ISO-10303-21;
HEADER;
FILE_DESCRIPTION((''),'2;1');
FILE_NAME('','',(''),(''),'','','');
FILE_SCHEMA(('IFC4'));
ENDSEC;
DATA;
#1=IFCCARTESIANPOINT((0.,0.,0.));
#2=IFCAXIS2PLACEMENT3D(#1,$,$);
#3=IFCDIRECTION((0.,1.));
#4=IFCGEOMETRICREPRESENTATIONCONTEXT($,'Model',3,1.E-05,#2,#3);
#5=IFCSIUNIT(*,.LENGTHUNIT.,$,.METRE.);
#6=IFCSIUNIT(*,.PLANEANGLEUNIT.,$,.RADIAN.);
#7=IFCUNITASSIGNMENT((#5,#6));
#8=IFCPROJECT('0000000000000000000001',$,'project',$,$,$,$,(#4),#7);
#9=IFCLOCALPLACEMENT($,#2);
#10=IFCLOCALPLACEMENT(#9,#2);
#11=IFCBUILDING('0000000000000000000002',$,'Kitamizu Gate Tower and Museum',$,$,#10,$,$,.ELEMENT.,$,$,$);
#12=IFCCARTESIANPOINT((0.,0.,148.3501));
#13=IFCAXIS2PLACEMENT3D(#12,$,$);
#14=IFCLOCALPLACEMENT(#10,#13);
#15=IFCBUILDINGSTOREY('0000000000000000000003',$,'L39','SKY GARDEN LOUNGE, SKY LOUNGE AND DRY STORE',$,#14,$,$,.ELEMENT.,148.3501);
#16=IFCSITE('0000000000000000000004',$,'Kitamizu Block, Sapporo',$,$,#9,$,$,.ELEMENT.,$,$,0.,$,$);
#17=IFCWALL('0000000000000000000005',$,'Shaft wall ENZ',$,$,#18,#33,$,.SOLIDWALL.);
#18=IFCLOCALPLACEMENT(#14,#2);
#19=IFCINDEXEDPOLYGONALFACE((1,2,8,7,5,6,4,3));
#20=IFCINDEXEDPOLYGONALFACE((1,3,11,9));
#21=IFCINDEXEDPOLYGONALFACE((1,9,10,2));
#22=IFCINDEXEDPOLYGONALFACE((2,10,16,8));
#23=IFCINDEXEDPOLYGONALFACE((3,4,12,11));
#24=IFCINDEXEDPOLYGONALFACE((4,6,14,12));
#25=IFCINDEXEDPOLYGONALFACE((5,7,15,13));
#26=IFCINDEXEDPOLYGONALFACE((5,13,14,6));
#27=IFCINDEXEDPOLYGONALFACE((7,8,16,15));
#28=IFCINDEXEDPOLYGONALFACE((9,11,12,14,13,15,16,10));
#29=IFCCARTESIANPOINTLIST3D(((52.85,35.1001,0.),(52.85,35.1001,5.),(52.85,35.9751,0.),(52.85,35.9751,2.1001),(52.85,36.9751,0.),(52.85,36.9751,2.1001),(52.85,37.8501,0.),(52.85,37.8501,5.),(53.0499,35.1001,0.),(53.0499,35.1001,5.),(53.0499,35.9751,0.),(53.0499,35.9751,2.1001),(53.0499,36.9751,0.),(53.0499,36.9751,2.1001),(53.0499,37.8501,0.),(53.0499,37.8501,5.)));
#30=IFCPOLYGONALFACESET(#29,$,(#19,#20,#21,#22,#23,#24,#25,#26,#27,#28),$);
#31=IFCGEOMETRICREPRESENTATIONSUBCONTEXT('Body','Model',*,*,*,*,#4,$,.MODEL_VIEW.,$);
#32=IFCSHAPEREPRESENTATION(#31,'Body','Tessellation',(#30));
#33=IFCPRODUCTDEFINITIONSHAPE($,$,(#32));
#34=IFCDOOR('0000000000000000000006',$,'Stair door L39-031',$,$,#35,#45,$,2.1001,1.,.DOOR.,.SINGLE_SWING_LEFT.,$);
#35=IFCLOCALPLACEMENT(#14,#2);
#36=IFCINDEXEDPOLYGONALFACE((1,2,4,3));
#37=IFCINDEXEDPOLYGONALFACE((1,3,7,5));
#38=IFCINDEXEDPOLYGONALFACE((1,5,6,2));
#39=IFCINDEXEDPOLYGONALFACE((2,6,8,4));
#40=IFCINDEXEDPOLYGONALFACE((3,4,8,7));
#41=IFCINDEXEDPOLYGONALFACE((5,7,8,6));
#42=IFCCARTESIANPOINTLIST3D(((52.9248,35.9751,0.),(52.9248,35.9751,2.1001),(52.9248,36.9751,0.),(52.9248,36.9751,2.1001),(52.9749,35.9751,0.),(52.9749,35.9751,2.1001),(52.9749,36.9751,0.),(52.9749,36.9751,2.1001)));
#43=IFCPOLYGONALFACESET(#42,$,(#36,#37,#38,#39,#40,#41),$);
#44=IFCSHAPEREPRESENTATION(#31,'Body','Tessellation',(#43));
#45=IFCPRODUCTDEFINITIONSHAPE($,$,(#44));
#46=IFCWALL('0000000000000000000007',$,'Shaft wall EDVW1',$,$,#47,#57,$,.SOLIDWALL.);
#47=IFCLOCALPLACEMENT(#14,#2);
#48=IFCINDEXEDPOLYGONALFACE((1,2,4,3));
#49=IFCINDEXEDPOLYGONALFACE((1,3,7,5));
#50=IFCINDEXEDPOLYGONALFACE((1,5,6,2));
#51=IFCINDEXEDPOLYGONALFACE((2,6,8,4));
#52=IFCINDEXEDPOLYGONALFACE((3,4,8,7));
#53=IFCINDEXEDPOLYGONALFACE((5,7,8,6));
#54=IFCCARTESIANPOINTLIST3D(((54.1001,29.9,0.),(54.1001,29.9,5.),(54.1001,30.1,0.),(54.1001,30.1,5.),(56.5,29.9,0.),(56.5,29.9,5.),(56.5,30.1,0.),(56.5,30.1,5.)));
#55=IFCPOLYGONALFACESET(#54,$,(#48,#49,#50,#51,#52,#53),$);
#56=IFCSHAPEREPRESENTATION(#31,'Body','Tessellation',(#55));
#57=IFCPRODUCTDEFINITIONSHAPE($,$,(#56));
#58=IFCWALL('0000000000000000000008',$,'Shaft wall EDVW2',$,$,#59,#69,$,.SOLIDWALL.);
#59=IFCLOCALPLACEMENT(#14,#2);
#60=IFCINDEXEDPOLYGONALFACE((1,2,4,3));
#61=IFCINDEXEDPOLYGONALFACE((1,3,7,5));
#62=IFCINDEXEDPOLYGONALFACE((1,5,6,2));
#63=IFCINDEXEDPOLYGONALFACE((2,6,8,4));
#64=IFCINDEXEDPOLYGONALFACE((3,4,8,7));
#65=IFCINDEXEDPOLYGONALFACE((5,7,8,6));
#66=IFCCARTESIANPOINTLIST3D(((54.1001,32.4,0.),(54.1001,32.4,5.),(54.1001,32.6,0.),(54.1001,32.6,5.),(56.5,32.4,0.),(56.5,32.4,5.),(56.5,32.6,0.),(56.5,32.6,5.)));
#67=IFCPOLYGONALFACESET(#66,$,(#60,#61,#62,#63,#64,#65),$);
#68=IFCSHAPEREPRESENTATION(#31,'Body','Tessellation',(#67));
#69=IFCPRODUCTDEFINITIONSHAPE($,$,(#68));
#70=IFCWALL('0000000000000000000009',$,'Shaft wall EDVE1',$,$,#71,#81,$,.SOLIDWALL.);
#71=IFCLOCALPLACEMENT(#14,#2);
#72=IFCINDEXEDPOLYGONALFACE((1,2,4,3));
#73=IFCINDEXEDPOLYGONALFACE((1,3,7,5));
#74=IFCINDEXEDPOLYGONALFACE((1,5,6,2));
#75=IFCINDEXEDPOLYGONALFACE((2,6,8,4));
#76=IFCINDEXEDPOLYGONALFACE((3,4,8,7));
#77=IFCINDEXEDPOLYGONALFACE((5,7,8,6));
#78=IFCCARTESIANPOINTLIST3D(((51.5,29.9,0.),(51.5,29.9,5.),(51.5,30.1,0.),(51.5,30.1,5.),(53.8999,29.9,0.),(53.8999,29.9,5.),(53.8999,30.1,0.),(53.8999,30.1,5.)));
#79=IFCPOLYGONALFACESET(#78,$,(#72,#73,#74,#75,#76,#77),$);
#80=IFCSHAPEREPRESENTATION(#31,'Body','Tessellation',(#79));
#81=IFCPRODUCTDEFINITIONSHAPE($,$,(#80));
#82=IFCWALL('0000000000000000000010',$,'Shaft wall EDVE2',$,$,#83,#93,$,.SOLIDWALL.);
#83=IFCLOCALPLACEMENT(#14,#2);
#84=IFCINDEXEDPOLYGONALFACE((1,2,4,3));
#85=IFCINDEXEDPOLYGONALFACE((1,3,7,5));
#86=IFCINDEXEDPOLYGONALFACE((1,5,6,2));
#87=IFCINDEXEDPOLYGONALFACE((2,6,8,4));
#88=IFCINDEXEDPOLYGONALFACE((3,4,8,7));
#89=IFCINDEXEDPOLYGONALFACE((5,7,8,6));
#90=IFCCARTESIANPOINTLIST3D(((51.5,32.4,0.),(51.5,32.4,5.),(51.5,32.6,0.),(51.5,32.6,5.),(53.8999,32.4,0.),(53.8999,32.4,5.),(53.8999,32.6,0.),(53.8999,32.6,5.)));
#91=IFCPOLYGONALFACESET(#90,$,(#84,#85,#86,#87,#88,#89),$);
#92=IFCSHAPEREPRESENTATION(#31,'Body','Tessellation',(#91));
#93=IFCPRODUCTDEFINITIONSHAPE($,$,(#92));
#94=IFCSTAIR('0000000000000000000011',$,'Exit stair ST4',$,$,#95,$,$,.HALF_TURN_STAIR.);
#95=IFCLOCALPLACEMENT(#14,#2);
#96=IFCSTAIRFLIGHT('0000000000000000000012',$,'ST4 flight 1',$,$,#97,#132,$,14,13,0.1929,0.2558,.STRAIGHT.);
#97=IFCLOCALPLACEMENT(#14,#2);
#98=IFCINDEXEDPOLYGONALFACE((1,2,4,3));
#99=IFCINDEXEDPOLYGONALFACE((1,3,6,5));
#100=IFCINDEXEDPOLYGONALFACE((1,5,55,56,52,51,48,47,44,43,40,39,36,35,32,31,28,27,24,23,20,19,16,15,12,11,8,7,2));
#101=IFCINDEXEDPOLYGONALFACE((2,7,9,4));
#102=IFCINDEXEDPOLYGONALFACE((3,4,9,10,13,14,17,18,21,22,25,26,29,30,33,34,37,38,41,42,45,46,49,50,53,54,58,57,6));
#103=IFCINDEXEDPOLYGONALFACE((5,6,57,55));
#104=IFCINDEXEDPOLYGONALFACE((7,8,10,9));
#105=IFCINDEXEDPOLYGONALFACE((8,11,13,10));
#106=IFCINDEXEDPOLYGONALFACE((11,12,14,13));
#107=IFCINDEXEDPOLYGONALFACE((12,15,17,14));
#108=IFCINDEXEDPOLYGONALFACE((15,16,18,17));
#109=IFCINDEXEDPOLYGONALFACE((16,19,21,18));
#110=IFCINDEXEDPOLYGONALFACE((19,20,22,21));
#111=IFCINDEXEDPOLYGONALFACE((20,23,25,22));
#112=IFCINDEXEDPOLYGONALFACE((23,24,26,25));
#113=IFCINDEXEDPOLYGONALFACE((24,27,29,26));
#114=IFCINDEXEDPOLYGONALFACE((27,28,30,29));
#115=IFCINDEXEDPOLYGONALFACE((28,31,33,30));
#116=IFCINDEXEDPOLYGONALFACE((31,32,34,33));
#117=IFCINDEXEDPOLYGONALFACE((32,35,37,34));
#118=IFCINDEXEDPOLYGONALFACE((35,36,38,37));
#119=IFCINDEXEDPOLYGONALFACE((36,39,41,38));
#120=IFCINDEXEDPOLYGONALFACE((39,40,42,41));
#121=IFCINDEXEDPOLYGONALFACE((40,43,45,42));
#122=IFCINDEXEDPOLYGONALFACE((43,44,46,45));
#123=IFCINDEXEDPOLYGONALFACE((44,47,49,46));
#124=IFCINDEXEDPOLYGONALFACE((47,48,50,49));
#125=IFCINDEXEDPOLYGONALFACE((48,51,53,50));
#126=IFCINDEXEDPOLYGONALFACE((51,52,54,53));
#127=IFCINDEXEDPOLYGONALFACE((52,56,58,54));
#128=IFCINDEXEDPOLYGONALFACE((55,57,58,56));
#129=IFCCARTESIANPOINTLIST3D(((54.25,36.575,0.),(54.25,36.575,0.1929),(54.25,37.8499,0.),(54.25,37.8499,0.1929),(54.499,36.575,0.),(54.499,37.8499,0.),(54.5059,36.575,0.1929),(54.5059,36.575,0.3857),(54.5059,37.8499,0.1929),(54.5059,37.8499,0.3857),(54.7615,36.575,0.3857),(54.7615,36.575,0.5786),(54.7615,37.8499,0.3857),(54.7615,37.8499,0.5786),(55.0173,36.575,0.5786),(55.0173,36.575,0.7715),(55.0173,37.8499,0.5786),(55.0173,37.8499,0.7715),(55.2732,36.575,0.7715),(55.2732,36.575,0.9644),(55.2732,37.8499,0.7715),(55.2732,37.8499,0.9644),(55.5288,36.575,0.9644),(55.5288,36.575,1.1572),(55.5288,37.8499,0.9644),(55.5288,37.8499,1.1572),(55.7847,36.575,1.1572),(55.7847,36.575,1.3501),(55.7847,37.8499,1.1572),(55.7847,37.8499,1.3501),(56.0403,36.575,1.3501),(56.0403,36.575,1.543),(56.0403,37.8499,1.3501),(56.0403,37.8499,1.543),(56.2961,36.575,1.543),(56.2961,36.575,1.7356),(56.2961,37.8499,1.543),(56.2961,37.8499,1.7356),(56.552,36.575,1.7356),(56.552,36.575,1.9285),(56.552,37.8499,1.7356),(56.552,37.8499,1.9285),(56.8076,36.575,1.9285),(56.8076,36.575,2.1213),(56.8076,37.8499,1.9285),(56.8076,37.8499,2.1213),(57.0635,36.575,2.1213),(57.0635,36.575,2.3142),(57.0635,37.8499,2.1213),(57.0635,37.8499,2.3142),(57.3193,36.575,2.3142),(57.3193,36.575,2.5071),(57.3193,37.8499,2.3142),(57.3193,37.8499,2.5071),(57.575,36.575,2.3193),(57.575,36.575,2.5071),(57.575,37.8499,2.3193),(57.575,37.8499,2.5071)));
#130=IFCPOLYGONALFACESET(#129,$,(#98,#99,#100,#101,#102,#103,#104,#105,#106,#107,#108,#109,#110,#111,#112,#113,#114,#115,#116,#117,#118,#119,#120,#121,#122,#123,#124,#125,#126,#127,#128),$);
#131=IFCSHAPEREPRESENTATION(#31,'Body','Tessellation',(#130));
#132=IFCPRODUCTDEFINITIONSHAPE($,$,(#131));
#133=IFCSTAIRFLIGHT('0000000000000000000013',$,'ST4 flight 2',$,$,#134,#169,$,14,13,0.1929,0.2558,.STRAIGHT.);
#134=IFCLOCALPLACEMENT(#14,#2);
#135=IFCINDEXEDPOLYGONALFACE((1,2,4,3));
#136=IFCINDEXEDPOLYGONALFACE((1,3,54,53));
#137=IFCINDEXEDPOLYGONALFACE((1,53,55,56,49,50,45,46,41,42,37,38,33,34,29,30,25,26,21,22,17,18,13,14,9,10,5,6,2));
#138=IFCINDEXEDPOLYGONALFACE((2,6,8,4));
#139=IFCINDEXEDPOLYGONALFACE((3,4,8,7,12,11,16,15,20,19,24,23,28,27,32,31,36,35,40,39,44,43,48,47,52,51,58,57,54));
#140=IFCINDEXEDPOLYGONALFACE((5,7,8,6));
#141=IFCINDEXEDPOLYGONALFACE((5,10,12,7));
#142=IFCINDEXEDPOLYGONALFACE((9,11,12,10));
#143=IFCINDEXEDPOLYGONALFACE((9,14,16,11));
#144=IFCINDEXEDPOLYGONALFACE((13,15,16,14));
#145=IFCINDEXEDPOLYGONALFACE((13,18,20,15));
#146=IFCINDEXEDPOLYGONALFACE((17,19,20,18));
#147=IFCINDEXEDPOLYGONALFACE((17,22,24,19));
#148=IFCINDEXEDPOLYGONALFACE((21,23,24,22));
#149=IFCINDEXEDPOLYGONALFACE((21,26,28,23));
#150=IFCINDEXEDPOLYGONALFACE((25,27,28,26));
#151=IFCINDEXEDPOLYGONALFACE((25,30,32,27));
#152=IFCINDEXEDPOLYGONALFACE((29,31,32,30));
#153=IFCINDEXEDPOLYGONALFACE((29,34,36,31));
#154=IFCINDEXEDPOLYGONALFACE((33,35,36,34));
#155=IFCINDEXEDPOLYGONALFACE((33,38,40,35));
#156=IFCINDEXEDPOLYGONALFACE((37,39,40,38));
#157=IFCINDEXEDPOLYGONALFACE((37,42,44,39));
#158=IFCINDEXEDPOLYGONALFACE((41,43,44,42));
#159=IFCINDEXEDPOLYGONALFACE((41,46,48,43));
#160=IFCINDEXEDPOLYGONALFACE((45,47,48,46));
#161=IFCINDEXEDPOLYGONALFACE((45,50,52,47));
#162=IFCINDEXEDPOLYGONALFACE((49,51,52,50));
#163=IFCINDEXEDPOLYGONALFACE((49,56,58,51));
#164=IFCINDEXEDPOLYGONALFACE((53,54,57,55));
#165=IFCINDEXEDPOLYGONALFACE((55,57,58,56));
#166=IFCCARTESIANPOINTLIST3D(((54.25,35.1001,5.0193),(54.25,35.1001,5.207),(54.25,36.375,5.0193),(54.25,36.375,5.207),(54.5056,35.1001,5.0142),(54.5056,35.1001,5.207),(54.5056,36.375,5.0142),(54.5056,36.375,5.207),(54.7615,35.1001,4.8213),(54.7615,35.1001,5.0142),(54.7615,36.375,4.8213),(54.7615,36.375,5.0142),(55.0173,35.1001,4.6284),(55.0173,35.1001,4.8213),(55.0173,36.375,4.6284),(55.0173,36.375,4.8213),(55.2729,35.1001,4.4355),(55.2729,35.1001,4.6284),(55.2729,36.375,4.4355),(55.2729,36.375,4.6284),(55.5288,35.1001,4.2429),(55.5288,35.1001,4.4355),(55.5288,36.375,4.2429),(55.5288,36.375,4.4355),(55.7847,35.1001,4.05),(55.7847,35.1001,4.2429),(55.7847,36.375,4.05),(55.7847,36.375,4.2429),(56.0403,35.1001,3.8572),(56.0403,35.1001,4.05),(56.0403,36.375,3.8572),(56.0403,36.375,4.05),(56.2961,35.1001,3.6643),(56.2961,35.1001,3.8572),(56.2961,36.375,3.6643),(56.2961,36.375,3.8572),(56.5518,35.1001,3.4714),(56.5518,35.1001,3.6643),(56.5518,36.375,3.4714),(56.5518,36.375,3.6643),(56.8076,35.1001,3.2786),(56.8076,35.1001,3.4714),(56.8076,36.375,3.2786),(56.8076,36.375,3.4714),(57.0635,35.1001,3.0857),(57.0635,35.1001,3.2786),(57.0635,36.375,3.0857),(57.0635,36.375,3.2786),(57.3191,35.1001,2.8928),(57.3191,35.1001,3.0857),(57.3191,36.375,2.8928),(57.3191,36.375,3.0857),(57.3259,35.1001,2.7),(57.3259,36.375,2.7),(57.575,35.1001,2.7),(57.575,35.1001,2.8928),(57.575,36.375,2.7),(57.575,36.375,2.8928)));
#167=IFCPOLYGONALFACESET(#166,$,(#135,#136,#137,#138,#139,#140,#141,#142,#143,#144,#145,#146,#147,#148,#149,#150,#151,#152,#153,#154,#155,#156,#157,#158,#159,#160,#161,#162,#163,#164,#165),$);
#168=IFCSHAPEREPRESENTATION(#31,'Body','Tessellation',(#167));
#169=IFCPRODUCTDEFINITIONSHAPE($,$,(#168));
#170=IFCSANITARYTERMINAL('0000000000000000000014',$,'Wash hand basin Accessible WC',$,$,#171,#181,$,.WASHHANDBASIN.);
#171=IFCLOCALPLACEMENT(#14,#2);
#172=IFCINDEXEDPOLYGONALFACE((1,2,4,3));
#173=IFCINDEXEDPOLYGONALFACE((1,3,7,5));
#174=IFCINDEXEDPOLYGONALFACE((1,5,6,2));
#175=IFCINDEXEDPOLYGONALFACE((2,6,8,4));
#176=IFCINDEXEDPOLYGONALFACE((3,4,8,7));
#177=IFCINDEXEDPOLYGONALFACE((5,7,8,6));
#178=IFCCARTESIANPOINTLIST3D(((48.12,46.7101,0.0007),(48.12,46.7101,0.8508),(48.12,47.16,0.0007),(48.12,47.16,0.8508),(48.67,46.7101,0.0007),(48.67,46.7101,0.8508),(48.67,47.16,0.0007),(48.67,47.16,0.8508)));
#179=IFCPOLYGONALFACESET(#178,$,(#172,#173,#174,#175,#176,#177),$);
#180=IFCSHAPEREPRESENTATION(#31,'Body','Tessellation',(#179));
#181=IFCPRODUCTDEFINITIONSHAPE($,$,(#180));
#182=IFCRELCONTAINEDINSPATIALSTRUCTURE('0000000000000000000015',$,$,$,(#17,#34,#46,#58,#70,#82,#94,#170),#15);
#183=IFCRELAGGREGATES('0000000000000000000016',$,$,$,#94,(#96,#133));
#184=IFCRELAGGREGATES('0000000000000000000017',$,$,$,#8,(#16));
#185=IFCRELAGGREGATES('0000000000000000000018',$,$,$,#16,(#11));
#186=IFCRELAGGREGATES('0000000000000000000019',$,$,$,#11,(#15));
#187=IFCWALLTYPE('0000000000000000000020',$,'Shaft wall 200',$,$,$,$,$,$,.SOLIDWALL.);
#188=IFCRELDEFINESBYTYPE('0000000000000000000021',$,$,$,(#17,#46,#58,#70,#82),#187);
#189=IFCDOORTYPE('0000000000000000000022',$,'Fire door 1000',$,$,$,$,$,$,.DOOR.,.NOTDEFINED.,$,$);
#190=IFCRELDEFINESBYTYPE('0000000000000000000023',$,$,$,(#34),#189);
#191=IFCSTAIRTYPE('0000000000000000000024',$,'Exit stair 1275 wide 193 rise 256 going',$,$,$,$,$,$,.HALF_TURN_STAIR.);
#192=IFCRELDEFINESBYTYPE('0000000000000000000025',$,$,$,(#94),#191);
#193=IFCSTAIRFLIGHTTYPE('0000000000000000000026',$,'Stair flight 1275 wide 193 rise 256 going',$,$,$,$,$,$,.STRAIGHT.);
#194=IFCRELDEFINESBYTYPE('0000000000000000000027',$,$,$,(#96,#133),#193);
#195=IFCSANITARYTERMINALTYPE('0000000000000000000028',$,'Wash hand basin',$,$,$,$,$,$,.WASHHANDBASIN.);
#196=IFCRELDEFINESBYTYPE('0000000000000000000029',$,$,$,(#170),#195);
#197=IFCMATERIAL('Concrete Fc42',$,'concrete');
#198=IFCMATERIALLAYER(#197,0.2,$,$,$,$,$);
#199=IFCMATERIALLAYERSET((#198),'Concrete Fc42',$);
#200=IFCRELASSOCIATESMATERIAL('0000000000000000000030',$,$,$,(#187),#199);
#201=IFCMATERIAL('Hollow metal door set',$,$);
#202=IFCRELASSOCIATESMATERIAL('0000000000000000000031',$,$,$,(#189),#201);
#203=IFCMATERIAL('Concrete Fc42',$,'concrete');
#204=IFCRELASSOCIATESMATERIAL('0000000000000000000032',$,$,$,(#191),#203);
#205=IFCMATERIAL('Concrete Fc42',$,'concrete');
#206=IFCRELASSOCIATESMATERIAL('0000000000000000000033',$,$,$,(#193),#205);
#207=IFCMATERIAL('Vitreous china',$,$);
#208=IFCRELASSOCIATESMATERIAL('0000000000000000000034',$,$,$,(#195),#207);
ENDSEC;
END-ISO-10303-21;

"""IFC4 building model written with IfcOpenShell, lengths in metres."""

from ifc_helpers import new_model, si_unit, direction, frame, frame_2d, origin, origin_2d, place, context, subcontext, project, spatial, polyline, rectangle, outline, extrude, material, layer, layer_set, type_object, element, fill, aggregate, save


model = new_model("IFC4")

# Units and contexts
model_context = context("Model", 3, precision=1e-05, world=origin(), true_north=direction((0.0, 1.0)))
body_context = subcontext(model_context, "Body", "Model", "MODEL_VIEW")
ifc_project = project(units=[si_unit("LENGTHUNIT", "METRE"), si_unit("PLANEANGLEUNIT", "RADIAN")], contexts=[model_context])

# Site, building, storey
site_placement = place(None, origin())
site = spatial("IfcSite", under=ifc_project, at=site_placement, Name="Kitamizu Block, Sapporo", CompositionType="ELEMENT", RefElevation=0.0)
building_placement = place(site_placement, origin())
building = spatial("IfcBuilding", under=site, at=building_placement, Name="Kitamizu Gate Tower and Museum", CompositionType="ELEMENT")
storey_placement = place(building_placement, frame((0.0, 0.0, 148.3501)))
storey = spatial("IfcBuildingStorey", under=building, at=storey_placement, Name="L39", Description="SKY GARDEN LOUNGE, SKY LOUNGE AND DRY STORE", CompositionType="ELEMENT", Elevation=148.3501)

# Shared definitions
ifc_material_1 = material(Name="Concrete Fc42", Category="concrete")
ifc_layer_1 = layer(ifc_material_1, 0.2)
ifc_layer_set_1 = layer_set([ifc_layer_1], Name="Concrete Fc42")
wall_type_1 = type_object("IfcWallType", Name="Shaft wall 200", PredefinedType="SOLIDWALL", material=ifc_layer_set_1)

# Wall, opening, door
wall_1_placement = place(storey_placement, frame((52.95, 35.1001, 0.0), z_axis=(0.0, 0.0, 1.0), x_axis=(0.0, 1.0, 0.0)))
wall_1 = element("IfcWall", 1, at=wall_1_placement, inside=storey, type_object=wall_type_1, Name="Shaft wall ENZ", PredefinedType="SOLIDWALL", context=body_context, shape_type="SweptSolid", body=[
    extrude(rectangle(XDim=2.75, YDim=0.2, at=frame_2d((1.375, 0.0))), origin(), (0.0, 0.0, 1.0), 5.0),
])
opening_1_placement = place(wall_1_placement, frame((0.875, 0.0, 0.0)))
opening_1 = element("IfcOpeningElement", 2, at=opening_1_placement, cuts=wall_1, PredefinedType="OPENING", context=body_context, shape_type="SweptSolid", body=[
    extrude(rectangle(XDim=1.0, YDim=2.1001, at=frame_2d((0.5, 1.05))), frame((0.0, 0.1099, 0.0), z_axis=(0.0, -1.0, 0.0), x_axis=(1.0, 0.0, 0.0)), (0.0, 0.0, 1.0), 0.22),
])
ifc_material_2 = material(Name="Hollow metal door set")
door_type_1 = type_object("IfcDoorType", Name="Fire door 1000", OperationType="NOTDEFINED", PredefinedType="DOOR", material=ifc_material_2)
door_1_placement = place(opening_1_placement, frame((1.0, 0.0, 0.0), x_axis=(-1.0, 0.0, 0.0)))
door_1 = element("IfcDoor", 3, at=door_1_placement, inside=storey, type_object=door_type_1, Name="Stair door L39-031", OperationType="SINGLE_SWING_LEFT", OverallHeight=2.1001, OverallWidth=1.0, PredefinedType="DOOR", context=body_context, shape_type="SweptSolid", body=[
    extrude(rectangle(XDim=1.0, YDim=2.1001, at=frame_2d((0.5, 1.05))), frame((0.0, 0.0249, 0.0), z_axis=(0.0, -1.0, 0.0), x_axis=(1.0, 0.0, 0.0)), (0.0, 0.0, 1.0), 0.05),
])
fill(opening_1, door_1)

# Walls
for number, where, z_axis, x_axis, name in (
    (4, (56.5, 30.0, 0.0), (0.0, 0.0, 1.0), (-1.0, 0.0, 0.0), "Shaft wall EDVW1"),
    (5, (56.5, 32.5, 0.0), (0.0, 0.0, 1.0), (-1.0, 0.0, 0.0), "Shaft wall EDVW2"),
    (6, (53.8999, 30.0, 0.0), (0.0, 0.0, 1.0), (-1.0, 0.0, 0.0), "Shaft wall EDVE1"),
    (7, (53.8999, 32.5, 0.0), (0.0, 0.0, 1.0), (-1.0, 0.0, 0.0), "Shaft wall EDVE2"),
):
    element("IfcWall", number, at=place(storey_placement, frame(where, z_axis=z_axis, x_axis=x_axis)), inside=storey, type_object=wall_type_1, Name=name, PredefinedType="SOLIDWALL", context=body_context, shape_type="SweptSolid", body=[
        extrude(rectangle(XDim=2.3999, YDim=0.2, at=frame_2d((1.2, 0.0))), origin(), (0.0, 0.0, 1.0), 5.0),
    ])

# Stair, stair flights
ifc_material_3 = material(Name="Concrete Fc42", Category="concrete")
stair_type = type_object("IfcStairType", Name="Exit stair 1275 wide 193 rise 256 going", PredefinedType="HALF_TURN_STAIR", material=ifc_material_3)
stair_placement = place(storey_placement, origin())
stair = element("IfcStair", 8, at=stair_placement, inside=storey, type_object=stair_type, Name="Exit stair ST4", PredefinedType="HALF_TURN_STAIR")
ifc_material_4 = material(Name="Concrete Fc42", Category="concrete")
stair_flight_type = type_object("IfcStairFlightType", Name="Stair flight 1275 wide 193 rise 256 going", PredefinedType="STRAIGHT", material=ifc_material_4)
stair_flight_1_placement = place(storey_placement, frame((54.25, 37.2124, 0.0), z_axis=(0.0, 0.0, 1.0), x_axis=(1.0, 0.0, 0.0)))
stair_flight_1 = element("IfcStairFlight", 9, at=stair_flight_1_placement, type_object=stair_flight_type, Name="ST4 flight 1", NumberOfRisers=14, NumberOfTreads=13, PredefinedType="STRAIGHT", RiserHeight=0.1929, TreadLength=0.2558, context=body_context, shape_type="SweptSolid", body=[
    extrude(outline(polyline([(0.0, 0.0), (0.0, 0.1929), (0.2559, 0.1929), (0.2559, 0.3857), (0.5115, 0.3857), (0.5115, 0.5786), (0.7673, 0.5786), (0.7673, 0.7715), (1.0232, 0.7715), (1.0232, 0.9644), (1.2788, 0.9644), (1.2788, 1.1572), (1.5347, 1.1572), (1.5347, 1.3501), (1.7903, 1.3501), (1.7903, 1.543), (2.0461, 1.543), (2.0461, 1.7356), (2.302, 1.7356), (2.302, 1.9285), (2.5576, 1.9285), (2.5576, 2.1213), (2.8135, 2.1213), (2.8135, 2.3142), (3.0693, 2.3142), (3.0693, 2.5071), (3.325, 2.5071), (3.325, 2.7), (3.325, 2.3193), (0.249, 0.0), (0.0, 0.0)])), frame((0.0, 0.6375, 0.0), z_axis=(0.0, -1.0, 0.0), x_axis=(1.0, 0.0, 0.0)), (0.0, 0.0, 1.0), 1.2749),
])
stair_flight_2_placement = place(storey_placement, frame((57.575, 35.7375, 2.7), z_axis=(0.0, 0.0, 1.0), x_axis=(-1.0, 0.0, 0.0)))
stair_flight_2 = element("IfcStairFlight", 10, at=stair_flight_2_placement, type_object=stair_flight_type, Name="ST4 flight 2", NumberOfRisers=14, NumberOfTreads=13, PredefinedType="STRAIGHT", RiserHeight=0.1929, TreadLength=0.2558, context=body_context, shape_type="SweptSolid", body=[
    extrude(outline(polyline([(0.0, 0.0), (0.0, 0.1929), (0.2559, 0.1929), (0.2559, 0.3857), (0.5115, 0.3857), (0.5115, 0.5786), (0.7673, 0.5786), (0.7673, 0.7715), (1.0232, 0.7715), (1.0232, 0.9644), (1.2788, 0.9644), (1.2788, 1.1572), (1.5347, 1.1572), (1.5347, 1.3501), (1.7903, 1.3501), (1.7903, 1.543), (2.0461, 1.543), (2.0461, 1.7356), (2.302, 1.7356), (2.302, 1.9285), (2.5576, 1.9285), (2.5576, 2.1213), (2.8135, 2.1213), (2.8135, 2.3142), (3.0693, 2.3142), (3.0693, 2.5071), (3.325, 2.5071), (3.325, 2.7), (3.325, 2.3193), (0.249, 0.0), (0.0, 0.0)])), frame((0.0, 0.6375, 0.0), z_axis=(0.0, -1.0, 0.0), x_axis=(1.0, 0.0, 0.0)), (0.0, 0.0, 1.0), 1.2749),
])
aggregate(stair, [stair_flight_1, stair_flight_2])

# Sanitary terminal
ifc_material_5 = material(Name="Vitreous china")
sanitary_terminal_type_1 = type_object("IfcSanitaryTerminalType", Name="Wash hand basin", PredefinedType="WASHHANDBASIN", material=ifc_material_5)
sanitary_terminal_1_placement = place(storey_placement, frame((48.395, 46.9351, 0.0007), z_axis=(0.0, 0.0, 1.0), x_axis=(1.0, 0.0, 0.0)))
element("IfcSanitaryTerminal", 11, at=sanitary_terminal_1_placement, inside=storey, type_object=sanitary_terminal_type_1, Name="Wash hand basin Accessible WC", PredefinedType="WASHHANDBASIN", context=body_context, shape_type="SweptSolid", body=[
    extrude(rectangle(XDim=0.55, YDim=0.45, at=origin_2d()), origin(), (0.0, 0.0, 1.0), 0.8501),
])

save(model, "model.ifc")
